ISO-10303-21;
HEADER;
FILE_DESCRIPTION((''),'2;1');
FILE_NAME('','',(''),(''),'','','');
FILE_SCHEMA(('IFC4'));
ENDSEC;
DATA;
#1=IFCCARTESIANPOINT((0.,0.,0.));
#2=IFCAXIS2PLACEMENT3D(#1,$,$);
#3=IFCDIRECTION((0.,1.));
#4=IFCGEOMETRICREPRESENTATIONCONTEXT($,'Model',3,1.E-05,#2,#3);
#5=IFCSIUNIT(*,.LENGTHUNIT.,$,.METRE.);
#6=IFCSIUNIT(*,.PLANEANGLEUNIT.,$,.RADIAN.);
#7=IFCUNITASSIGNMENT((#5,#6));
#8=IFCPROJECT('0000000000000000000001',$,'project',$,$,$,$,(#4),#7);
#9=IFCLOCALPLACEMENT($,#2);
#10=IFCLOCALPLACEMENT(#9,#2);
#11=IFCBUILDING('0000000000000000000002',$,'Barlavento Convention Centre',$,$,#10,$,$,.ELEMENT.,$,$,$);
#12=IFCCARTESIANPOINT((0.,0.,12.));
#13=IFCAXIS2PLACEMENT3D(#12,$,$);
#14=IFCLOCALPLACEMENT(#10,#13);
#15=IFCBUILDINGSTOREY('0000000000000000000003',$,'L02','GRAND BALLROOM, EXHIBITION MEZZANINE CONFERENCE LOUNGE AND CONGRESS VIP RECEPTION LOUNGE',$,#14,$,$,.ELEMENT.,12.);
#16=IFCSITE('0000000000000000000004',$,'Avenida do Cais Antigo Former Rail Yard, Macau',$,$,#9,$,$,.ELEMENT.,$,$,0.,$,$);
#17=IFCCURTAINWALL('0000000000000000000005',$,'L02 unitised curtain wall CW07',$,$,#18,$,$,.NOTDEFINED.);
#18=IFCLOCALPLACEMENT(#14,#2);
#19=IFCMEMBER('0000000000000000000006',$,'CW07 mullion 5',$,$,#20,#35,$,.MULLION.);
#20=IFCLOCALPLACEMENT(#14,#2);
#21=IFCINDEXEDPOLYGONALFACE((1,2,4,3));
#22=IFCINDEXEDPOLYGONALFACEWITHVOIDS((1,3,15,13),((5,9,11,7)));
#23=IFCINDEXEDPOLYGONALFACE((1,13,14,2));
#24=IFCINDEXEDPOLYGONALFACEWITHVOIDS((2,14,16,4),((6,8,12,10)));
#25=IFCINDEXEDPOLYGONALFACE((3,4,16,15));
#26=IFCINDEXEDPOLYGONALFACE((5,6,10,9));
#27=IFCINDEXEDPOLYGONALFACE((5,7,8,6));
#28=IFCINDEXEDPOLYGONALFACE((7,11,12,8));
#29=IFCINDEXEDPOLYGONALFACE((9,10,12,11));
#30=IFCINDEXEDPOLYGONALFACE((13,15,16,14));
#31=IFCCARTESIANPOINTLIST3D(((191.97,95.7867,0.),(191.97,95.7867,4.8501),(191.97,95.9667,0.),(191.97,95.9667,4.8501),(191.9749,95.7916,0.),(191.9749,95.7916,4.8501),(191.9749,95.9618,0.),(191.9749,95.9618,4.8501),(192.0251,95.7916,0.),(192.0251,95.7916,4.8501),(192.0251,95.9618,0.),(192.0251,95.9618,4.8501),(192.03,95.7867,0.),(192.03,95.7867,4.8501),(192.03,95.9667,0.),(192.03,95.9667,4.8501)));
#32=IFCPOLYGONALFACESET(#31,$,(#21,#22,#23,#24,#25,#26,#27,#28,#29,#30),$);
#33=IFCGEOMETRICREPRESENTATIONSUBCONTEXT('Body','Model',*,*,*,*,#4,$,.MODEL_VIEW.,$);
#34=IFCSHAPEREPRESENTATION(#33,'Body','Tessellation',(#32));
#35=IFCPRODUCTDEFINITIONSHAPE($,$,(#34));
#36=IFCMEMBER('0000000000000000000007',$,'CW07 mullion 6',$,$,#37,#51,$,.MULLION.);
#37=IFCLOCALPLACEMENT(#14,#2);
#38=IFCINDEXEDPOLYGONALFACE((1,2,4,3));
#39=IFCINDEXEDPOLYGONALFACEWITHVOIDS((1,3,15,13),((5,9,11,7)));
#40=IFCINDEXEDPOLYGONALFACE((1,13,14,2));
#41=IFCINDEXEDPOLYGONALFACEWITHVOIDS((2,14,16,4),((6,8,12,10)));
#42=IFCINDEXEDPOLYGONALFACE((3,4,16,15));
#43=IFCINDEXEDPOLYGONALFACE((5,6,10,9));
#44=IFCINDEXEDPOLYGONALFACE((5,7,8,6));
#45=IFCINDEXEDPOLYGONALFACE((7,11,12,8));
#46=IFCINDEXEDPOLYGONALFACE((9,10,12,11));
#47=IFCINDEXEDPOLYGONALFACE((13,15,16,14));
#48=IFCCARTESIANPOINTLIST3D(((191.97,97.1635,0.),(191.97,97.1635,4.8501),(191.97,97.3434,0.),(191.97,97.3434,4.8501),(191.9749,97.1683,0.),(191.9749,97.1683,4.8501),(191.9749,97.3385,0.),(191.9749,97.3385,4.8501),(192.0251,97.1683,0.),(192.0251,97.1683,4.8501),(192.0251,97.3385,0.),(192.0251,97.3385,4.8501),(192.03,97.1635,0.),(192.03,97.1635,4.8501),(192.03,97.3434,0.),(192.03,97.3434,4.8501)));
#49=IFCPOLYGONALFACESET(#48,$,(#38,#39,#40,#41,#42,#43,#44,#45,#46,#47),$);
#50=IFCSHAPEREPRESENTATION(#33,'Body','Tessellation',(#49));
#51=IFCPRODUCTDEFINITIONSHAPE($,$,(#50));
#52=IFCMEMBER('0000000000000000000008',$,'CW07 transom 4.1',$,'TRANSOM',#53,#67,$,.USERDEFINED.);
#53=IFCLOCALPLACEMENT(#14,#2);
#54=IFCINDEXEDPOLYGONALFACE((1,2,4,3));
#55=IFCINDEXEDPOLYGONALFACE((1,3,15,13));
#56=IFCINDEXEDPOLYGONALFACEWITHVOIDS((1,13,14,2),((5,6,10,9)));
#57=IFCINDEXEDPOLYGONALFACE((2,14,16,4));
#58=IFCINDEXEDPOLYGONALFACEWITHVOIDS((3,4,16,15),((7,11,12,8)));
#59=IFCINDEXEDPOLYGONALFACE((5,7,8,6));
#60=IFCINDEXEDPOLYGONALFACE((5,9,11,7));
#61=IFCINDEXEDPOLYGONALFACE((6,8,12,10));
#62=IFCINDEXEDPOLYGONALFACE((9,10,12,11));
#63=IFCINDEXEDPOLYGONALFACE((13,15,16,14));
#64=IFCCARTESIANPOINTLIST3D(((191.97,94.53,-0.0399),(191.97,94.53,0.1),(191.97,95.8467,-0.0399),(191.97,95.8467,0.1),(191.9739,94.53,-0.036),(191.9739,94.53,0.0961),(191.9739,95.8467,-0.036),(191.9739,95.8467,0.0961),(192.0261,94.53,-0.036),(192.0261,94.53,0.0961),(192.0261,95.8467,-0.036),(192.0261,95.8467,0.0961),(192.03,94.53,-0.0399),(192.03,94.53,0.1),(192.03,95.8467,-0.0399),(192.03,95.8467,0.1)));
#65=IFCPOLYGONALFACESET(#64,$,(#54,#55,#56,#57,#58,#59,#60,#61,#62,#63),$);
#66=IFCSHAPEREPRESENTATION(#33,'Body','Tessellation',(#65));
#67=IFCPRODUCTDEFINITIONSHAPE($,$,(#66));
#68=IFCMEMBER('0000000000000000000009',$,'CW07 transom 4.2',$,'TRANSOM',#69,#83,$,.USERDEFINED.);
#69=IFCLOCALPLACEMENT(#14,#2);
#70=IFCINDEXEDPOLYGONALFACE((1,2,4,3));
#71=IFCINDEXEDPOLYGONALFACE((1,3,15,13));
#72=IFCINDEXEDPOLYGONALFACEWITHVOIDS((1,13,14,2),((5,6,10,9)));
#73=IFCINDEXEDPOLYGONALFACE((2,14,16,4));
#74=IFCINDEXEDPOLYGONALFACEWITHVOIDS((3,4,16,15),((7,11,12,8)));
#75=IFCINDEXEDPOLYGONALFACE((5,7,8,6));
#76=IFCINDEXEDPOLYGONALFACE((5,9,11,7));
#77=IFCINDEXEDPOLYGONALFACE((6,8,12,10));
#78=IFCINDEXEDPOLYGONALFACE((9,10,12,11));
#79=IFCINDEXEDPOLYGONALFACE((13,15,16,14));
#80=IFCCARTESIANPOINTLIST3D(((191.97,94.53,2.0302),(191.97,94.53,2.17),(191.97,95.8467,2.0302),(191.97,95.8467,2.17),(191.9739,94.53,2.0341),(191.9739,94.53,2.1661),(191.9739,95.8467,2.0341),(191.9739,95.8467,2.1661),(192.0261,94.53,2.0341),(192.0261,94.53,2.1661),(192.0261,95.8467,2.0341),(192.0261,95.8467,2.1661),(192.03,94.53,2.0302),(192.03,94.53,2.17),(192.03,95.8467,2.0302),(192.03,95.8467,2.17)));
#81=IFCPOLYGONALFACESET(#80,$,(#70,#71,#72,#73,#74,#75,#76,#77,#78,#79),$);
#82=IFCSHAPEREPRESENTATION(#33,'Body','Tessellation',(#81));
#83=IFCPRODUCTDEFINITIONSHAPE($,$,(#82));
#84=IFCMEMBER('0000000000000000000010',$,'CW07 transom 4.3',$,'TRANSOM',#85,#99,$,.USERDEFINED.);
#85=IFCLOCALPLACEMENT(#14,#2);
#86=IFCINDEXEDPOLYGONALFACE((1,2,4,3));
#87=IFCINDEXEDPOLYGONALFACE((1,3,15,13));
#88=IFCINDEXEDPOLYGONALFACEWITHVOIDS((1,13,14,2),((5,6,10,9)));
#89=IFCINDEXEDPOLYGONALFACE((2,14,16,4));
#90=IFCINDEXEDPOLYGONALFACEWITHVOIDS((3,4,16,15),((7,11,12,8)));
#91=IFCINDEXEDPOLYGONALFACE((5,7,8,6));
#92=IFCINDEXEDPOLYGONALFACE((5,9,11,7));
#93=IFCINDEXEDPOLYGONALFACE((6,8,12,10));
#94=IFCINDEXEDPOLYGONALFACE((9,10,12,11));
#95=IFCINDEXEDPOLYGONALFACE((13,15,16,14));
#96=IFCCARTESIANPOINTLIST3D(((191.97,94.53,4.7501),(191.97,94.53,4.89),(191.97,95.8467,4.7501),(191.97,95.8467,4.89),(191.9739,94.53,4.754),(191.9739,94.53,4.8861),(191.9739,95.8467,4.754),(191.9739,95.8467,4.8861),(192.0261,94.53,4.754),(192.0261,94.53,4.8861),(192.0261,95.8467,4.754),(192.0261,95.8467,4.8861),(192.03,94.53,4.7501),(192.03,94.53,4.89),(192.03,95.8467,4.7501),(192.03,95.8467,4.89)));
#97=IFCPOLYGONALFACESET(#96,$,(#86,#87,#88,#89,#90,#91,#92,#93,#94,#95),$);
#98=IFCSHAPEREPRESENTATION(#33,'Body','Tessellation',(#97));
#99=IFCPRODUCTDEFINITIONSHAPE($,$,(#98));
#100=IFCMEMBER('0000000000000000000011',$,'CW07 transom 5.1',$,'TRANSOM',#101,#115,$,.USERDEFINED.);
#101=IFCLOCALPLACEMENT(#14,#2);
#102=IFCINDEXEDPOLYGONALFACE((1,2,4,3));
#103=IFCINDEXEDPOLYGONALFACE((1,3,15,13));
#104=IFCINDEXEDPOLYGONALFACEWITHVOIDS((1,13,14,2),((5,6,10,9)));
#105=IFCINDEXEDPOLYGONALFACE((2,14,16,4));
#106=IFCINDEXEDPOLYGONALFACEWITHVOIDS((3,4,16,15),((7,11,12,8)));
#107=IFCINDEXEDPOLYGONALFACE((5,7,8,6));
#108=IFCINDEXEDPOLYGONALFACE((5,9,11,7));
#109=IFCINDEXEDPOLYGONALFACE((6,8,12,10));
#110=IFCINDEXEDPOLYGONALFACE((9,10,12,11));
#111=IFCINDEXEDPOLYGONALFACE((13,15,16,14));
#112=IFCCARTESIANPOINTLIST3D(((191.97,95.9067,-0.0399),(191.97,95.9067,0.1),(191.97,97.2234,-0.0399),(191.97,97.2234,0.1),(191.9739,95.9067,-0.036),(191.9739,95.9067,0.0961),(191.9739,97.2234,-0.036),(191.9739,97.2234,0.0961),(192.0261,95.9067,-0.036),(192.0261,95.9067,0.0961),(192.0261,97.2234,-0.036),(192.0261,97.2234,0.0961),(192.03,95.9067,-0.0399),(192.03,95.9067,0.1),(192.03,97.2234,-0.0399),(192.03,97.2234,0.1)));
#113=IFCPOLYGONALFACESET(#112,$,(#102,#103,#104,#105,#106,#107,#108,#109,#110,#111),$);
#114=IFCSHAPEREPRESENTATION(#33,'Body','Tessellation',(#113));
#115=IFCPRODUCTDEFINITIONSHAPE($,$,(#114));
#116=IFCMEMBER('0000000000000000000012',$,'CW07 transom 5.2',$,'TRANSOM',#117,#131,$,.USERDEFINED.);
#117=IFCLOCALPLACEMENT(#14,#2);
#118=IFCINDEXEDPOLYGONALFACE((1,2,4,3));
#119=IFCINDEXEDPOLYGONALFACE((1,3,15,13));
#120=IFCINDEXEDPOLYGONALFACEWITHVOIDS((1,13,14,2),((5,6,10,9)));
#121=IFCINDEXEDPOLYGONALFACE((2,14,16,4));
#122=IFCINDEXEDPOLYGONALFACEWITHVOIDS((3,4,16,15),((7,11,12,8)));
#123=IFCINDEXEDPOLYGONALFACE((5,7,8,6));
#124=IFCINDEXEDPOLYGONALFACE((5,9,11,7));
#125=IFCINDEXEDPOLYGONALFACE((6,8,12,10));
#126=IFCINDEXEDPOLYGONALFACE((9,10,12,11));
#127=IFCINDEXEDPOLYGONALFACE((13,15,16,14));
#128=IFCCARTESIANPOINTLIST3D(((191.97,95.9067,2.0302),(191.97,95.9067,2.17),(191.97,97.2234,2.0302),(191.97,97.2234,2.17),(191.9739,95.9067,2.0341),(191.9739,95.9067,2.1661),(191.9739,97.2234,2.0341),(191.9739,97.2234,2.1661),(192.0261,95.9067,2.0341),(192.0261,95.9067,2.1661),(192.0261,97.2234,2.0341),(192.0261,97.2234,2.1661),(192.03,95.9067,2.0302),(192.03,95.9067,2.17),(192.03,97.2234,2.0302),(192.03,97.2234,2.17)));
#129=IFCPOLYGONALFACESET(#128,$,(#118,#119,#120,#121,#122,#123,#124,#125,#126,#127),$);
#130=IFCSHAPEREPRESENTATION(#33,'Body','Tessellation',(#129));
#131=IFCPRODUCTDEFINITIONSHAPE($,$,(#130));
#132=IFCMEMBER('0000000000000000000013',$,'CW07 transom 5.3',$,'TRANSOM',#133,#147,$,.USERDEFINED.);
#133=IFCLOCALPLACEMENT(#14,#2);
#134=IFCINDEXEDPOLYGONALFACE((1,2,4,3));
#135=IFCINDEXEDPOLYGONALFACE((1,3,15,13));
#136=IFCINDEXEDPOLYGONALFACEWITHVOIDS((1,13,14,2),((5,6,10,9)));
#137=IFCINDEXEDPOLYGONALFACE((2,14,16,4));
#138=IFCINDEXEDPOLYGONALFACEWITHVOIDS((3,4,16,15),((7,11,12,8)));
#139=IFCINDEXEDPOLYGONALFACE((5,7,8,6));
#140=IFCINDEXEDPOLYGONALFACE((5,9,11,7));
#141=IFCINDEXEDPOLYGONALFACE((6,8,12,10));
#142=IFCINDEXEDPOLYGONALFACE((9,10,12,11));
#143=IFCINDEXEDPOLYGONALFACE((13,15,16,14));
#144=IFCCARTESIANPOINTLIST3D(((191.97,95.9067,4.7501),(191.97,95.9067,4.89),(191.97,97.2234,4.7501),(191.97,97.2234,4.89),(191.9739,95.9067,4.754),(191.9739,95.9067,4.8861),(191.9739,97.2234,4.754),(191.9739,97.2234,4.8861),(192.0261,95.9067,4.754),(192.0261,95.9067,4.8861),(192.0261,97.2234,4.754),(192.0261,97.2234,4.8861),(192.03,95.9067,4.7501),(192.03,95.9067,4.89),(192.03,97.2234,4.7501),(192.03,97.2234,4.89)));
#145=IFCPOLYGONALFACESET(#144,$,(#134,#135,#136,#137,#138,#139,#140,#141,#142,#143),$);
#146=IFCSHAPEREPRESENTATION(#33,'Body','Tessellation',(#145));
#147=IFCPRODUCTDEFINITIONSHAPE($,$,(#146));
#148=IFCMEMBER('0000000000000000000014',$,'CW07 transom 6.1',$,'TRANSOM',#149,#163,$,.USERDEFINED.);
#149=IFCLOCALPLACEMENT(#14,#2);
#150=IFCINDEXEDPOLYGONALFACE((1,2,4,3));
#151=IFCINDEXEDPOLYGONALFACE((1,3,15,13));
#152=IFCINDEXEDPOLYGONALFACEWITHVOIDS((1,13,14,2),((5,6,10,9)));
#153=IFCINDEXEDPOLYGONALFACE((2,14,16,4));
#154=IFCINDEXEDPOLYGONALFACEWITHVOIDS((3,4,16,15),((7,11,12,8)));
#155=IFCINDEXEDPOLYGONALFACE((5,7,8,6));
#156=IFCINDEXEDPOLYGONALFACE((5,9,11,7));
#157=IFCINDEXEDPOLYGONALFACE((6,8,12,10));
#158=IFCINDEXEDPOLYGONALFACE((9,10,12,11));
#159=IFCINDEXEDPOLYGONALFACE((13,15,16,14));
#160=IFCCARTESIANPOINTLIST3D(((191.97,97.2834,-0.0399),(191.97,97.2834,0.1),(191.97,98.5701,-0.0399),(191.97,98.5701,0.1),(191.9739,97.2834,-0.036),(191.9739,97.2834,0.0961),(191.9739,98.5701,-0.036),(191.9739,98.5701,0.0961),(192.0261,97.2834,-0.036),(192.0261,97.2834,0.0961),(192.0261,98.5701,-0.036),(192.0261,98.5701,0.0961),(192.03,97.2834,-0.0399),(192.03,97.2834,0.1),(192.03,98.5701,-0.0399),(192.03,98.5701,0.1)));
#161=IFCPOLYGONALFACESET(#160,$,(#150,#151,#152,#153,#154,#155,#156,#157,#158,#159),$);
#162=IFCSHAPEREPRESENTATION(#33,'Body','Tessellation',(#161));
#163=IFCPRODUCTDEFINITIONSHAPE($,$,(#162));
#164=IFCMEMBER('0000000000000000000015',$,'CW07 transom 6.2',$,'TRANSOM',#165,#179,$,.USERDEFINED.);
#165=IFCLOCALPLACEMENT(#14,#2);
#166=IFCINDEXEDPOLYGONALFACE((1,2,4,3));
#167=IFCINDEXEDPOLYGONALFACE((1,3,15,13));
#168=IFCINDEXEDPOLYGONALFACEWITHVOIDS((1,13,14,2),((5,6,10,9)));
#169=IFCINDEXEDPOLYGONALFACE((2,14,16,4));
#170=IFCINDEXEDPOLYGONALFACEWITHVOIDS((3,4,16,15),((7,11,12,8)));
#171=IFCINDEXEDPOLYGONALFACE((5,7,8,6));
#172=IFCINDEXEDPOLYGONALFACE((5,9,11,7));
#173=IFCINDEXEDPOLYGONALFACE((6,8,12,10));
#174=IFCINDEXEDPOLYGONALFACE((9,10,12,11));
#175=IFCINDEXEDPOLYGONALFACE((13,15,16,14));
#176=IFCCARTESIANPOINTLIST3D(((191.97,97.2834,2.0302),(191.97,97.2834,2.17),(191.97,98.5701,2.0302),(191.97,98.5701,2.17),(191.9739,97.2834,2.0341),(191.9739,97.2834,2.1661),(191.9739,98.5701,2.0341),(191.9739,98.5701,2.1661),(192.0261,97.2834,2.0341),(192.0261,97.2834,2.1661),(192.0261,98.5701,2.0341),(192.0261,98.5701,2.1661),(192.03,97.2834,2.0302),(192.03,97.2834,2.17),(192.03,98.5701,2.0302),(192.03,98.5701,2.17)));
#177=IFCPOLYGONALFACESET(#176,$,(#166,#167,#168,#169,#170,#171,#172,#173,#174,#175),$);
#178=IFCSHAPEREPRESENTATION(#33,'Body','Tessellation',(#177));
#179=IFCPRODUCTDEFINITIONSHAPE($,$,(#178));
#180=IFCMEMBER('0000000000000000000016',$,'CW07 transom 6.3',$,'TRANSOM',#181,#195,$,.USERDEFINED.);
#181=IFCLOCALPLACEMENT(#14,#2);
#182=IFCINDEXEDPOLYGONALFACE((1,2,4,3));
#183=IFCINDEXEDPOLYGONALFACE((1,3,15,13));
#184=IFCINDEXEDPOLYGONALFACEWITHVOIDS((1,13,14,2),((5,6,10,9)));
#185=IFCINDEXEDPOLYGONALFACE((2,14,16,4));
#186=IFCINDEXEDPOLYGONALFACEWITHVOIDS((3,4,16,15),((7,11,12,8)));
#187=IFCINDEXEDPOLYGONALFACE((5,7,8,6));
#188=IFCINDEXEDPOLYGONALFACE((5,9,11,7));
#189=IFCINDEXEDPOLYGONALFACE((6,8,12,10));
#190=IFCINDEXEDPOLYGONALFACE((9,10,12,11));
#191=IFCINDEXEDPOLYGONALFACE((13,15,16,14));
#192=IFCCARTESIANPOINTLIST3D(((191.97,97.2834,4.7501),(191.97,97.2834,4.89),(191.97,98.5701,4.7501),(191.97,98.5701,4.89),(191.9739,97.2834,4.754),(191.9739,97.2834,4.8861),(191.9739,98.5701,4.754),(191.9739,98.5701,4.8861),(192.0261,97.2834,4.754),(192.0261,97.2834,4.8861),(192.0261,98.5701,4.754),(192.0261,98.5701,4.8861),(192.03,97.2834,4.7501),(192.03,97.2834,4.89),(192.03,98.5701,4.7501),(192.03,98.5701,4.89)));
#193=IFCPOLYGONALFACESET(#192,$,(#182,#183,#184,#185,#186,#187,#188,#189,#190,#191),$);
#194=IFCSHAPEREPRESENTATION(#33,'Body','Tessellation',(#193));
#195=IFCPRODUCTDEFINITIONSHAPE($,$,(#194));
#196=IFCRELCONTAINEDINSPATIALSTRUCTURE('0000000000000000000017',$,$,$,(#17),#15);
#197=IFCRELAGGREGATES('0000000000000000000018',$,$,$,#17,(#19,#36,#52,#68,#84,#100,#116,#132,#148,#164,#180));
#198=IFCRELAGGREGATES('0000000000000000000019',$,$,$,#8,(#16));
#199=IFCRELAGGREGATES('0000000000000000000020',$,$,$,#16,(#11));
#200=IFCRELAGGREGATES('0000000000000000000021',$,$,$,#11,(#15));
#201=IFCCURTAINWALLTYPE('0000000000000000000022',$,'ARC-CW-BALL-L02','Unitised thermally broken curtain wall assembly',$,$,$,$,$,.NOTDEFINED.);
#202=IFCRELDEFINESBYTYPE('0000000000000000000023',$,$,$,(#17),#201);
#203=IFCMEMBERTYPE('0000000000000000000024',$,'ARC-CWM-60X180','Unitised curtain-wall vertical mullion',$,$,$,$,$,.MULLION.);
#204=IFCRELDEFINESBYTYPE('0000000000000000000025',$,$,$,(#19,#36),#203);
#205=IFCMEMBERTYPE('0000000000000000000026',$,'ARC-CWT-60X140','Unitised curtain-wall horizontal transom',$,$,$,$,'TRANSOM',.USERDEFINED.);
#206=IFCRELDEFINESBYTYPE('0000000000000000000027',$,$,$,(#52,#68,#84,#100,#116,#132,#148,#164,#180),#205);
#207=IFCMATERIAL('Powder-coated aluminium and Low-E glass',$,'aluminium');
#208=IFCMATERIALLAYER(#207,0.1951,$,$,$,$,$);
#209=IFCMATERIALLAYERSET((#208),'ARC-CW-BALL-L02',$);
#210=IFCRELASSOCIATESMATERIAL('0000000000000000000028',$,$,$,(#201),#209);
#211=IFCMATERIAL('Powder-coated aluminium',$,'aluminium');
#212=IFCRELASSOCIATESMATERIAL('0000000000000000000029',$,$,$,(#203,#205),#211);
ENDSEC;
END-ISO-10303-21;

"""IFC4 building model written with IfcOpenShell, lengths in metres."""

from ifc_helpers import new_model, si_unit, direction, frame, origin, origin_2d, place, context, subcontext, project, spatial, hollow_rectangle, extrude, material, layer, layer_set, material_profile, profile_set, type_object, element, aggregate, save


model = new_model("IFC4")

# Units and contexts
model_context = context("Model", 3, precision=1e-05, world=origin(), true_north=direction((0.0, 1.0)))
body_context = subcontext(model_context, "Body", "Model", "MODEL_VIEW")
ifc_project = project(units=[si_unit("LENGTHUNIT", "METRE"), si_unit("PLANEANGLEUNIT", "RADIAN")], contexts=[model_context])

# Site, building, storey
site_placement = place(None, origin())
site = spatial("IfcSite", under=ifc_project, at=site_placement, Name="Avenida do Cais Antigo Former Rail Yard, Macau", CompositionType="ELEMENT", RefElevation=0.0)
building_placement = place(site_placement, origin())
building = spatial("IfcBuilding", under=site, at=building_placement, Name="Barlavento Convention Centre", CompositionType="ELEMENT")
storey_placement = place(building_placement, frame((0.0, 0.0, 12.0)))
storey = spatial("IfcBuildingStorey", under=building, at=storey_placement, Name="L02", Description="GRAND BALLROOM, EXHIBITION MEZZANINE CONFERENCE LOUNGE AND CONGRESS VIP RECEPTION LOUNGE", CompositionType="ELEMENT", Elevation=12.0)

# Curtain wall, members
ifc_material_1 = material(Name="Powder-coated aluminium and Low-E glass", Category="aluminium")
ifc_layer_1 = layer(ifc_material_1, 0.1951)
ifc_layer_set_1 = layer_set([ifc_layer_1], Name="ARC-CW-BALL-L02")
curtain_wall_type = type_object("IfcCurtainWallType", Name="ARC-CW-BALL-L02", Description="Unitised thermally broken curtain wall assembly", PredefinedType="NOTDEFINED", material=ifc_layer_set_1)
curtain_wall_placement = place(storey_placement, origin())
curtain_wall = element("IfcCurtainWall", 1, at=curtain_wall_placement, inside=storey, type_object=curtain_wall_type, Name="L02 unitised curtain wall CW07", PredefinedType="NOTDEFINED")
ifc_material_2 = material(Name="Powder-coated aluminium", Category="aluminium")
ifc_material_profile_1 = material_profile(ifc_material_2, hollow_rectangle(XDim=0.0601, YDim=0.1799, WallThickness=0.0049, at=origin_2d()), Name="AL-MULL 60x180x5")
ifc_profile_set_1 = profile_set([ifc_material_profile_1], Name="Powder-coated aluminium")
member_type_1 = type_object("IfcMemberType", Name="ARC-CWM-60X180", Description="Unitised curtain-wall vertical mullion", PredefinedType="MULLION", material=ifc_profile_set_1)
member_1_placement = place(storey_placement, frame((192.0, 95.8767, 0.0), z_axis=(0.0, 0.0, 1.0), x_axis=(-1.0, 0.0, 0.0)))
member_1 = element("IfcMember", 2, at=member_1_placement, type_object=member_type_1, Name="CW07 mullion 5", PredefinedType="MULLION", context=body_context, shape_type="SweptSolid", body=[
    extrude(hollow_rectangle(XDim=0.0601, YDim=0.1799, WallThickness=0.0049, at=origin_2d()), origin(), (0.0, 0.0, 1.0), 4.8501),
])
member_2_placement = place(storey_placement, frame((192.0, 97.2534, 0.0), z_axis=(0.0, 0.0, 1.0), x_axis=(-1.0, 0.0, 0.0)))
member_2 = element("IfcMember", 3, at=member_2_placement, type_object=member_type_1, Name="CW07 mullion 6", PredefinedType="MULLION", context=body_context, shape_type="SweptSolid", body=[
    extrude(hollow_rectangle(XDim=0.0601, YDim=0.1799, WallThickness=0.0049, at=origin_2d()), origin(), (0.0, 0.0, 1.0), 4.8501),
])
ifc_material_profile_2 = material_profile(ifc_material_2, hollow_rectangle(XDim=0.0601, YDim=0.1399, WallThickness=0.0039, at=origin_2d()), Name="AL-TRAN 60x140x4")
ifc_profile_set_2 = profile_set([ifc_material_profile_2], Name="Powder-coated aluminium")
member_type_2 = type_object("IfcMemberType", Name="ARC-CWT-60X140", Description="Unitised curtain-wall horizontal transom", ElementType="TRANSOM", PredefinedType="USERDEFINED", material=ifc_profile_set_2)
member_3_placement = place(storey_placement, frame((192.0, 94.53, 0.03), z_axis=(0.0, 1.0, 0.0), x_axis=(-1.0, 0.0, 0.0)))
member_3 = element("IfcMember", 4, at=member_3_placement, type_object=member_type_2, Name="CW07 transom 4.1", ObjectType="TRANSOM", PredefinedType="USERDEFINED", context=body_context, shape_type="SweptSolid", body=[
    extrude(hollow_rectangle(XDim=0.0601, YDim=0.1399, WallThickness=0.0039, at=origin_2d()), origin(), (0.0, 0.0, 1.0), 1.3167),
])
member_4_placement = place(storey_placement, frame((192.0, 94.53, 2.1001), z_axis=(0.0, 1.0, 0.0), x_axis=(-1.0, 0.0, 0.0)))
member_4 = element("IfcMember", 5, at=member_4_placement, type_object=member_type_2, Name="CW07 transom 4.2", ObjectType="TRANSOM", PredefinedType="USERDEFINED", context=body_context, shape_type="SweptSolid", body=[
    extrude(hollow_rectangle(XDim=0.0601, YDim=0.1399, WallThickness=0.0039, at=origin_2d()), origin(), (0.0, 0.0, 1.0), 1.3167),
])
member_5_placement = place(storey_placement, frame((192.0, 94.53, 4.8201), z_axis=(0.0, 1.0, 0.0), x_axis=(-1.0, 0.0, 0.0)))
member_5 = element("IfcMember", 6, at=member_5_placement, type_object=member_type_2, Name="CW07 transom 4.3", ObjectType="TRANSOM", PredefinedType="USERDEFINED", context=body_context, shape_type="SweptSolid", body=[
    extrude(hollow_rectangle(XDim=0.0601, YDim=0.1399, WallThickness=0.0039, at=origin_2d()), origin(), (0.0, 0.0, 1.0), 1.3167),
])
member_6_placement = place(storey_placement, frame((192.0, 95.9067, 0.03), z_axis=(0.0, 1.0, 0.0), x_axis=(-1.0, 0.0, 0.0)))
member_6 = element("IfcMember", 7, at=member_6_placement, type_object=member_type_2, Name="CW07 transom 5.1", ObjectType="TRANSOM", PredefinedType="USERDEFINED", context=body_context, shape_type="SweptSolid", body=[
    extrude(hollow_rectangle(XDim=0.0601, YDim=0.1399, WallThickness=0.0039, at=origin_2d()), origin(), (0.0, 0.0, 1.0), 1.3167),
])
member_7_placement = place(storey_placement, frame((192.0, 95.9067, 2.1001), z_axis=(0.0, 1.0, 0.0), x_axis=(-1.0, 0.0, 0.0)))
member_7 = element("IfcMember", 8, at=member_7_placement, type_object=member_type_2, Name="CW07 transom 5.2", ObjectType="TRANSOM", PredefinedType="USERDEFINED", context=body_context, shape_type="SweptSolid", body=[
    extrude(hollow_rectangle(XDim=0.0601, YDim=0.1399, WallThickness=0.0039, at=origin_2d()), origin(), (0.0, 0.0, 1.0), 1.3167),
])
member_8_placement = place(storey_placement, frame((192.0, 95.9067, 4.8201), z_axis=(0.0, 1.0, 0.0), x_axis=(-1.0, 0.0, 0.0)))
member_8 = element("IfcMember", 9, at=member_8_placement, type_object=member_type_2, Name="CW07 transom 5.3", ObjectType="TRANSOM", PredefinedType="USERDEFINED", context=body_context, shape_type="SweptSolid", body=[
    extrude(hollow_rectangle(XDim=0.0601, YDim=0.1399, WallThickness=0.0039, at=origin_2d()), origin(), (0.0, 0.0, 1.0), 1.3167),
])
member_9_placement = place(storey_placement, frame((192.0, 97.2834, 0.03), z_axis=(0.0, 1.0, 0.0), x_axis=(-1.0, 0.0, 0.0)))
member_9 = element("IfcMember", 10, at=member_9_placement, type_object=member_type_2, Name="CW07 transom 6.1", ObjectType="TRANSOM", PredefinedType="USERDEFINED", context=body_context, shape_type="SweptSolid", body=[
    extrude(hollow_rectangle(XDim=0.0601, YDim=0.1399, WallThickness=0.0039, at=origin_2d()), origin(), (0.0, 0.0, 1.0), 1.2866),
])
member_10_placement = place(storey_placement, frame((192.0, 97.2834, 2.1001), z_axis=(0.0, 1.0, 0.0), x_axis=(-1.0, 0.0, 0.0)))
member_10 = element("IfcMember", 11, at=member_10_placement, type_object=member_type_2, Name="CW07 transom 6.2", ObjectType="TRANSOM", PredefinedType="USERDEFINED", context=body_context, shape_type="SweptSolid", body=[
    extrude(hollow_rectangle(XDim=0.0601, YDim=0.1399, WallThickness=0.0039, at=origin_2d()), origin(), (0.0, 0.0, 1.0), 1.2866),
])
member_11_placement = place(storey_placement, frame((192.0, 97.2834, 4.8201), z_axis=(0.0, 1.0, 0.0), x_axis=(-1.0, 0.0, 0.0)))
member_11 = element("IfcMember", 12, at=member_11_placement, type_object=member_type_2, Name="CW07 transom 6.3", ObjectType="TRANSOM", PredefinedType="USERDEFINED", context=body_context, shape_type="SweptSolid", body=[
    extrude(hollow_rectangle(XDim=0.0601, YDim=0.1399, WallThickness=0.0039, at=origin_2d()), origin(), (0.0, 0.0, 1.0), 1.2866),
])
aggregate(curtain_wall, [member_1, member_2, member_3, member_4, member_5, member_6, member_7, member_8, member_9, member_10, member_11])

save(model, "model.ifc")
